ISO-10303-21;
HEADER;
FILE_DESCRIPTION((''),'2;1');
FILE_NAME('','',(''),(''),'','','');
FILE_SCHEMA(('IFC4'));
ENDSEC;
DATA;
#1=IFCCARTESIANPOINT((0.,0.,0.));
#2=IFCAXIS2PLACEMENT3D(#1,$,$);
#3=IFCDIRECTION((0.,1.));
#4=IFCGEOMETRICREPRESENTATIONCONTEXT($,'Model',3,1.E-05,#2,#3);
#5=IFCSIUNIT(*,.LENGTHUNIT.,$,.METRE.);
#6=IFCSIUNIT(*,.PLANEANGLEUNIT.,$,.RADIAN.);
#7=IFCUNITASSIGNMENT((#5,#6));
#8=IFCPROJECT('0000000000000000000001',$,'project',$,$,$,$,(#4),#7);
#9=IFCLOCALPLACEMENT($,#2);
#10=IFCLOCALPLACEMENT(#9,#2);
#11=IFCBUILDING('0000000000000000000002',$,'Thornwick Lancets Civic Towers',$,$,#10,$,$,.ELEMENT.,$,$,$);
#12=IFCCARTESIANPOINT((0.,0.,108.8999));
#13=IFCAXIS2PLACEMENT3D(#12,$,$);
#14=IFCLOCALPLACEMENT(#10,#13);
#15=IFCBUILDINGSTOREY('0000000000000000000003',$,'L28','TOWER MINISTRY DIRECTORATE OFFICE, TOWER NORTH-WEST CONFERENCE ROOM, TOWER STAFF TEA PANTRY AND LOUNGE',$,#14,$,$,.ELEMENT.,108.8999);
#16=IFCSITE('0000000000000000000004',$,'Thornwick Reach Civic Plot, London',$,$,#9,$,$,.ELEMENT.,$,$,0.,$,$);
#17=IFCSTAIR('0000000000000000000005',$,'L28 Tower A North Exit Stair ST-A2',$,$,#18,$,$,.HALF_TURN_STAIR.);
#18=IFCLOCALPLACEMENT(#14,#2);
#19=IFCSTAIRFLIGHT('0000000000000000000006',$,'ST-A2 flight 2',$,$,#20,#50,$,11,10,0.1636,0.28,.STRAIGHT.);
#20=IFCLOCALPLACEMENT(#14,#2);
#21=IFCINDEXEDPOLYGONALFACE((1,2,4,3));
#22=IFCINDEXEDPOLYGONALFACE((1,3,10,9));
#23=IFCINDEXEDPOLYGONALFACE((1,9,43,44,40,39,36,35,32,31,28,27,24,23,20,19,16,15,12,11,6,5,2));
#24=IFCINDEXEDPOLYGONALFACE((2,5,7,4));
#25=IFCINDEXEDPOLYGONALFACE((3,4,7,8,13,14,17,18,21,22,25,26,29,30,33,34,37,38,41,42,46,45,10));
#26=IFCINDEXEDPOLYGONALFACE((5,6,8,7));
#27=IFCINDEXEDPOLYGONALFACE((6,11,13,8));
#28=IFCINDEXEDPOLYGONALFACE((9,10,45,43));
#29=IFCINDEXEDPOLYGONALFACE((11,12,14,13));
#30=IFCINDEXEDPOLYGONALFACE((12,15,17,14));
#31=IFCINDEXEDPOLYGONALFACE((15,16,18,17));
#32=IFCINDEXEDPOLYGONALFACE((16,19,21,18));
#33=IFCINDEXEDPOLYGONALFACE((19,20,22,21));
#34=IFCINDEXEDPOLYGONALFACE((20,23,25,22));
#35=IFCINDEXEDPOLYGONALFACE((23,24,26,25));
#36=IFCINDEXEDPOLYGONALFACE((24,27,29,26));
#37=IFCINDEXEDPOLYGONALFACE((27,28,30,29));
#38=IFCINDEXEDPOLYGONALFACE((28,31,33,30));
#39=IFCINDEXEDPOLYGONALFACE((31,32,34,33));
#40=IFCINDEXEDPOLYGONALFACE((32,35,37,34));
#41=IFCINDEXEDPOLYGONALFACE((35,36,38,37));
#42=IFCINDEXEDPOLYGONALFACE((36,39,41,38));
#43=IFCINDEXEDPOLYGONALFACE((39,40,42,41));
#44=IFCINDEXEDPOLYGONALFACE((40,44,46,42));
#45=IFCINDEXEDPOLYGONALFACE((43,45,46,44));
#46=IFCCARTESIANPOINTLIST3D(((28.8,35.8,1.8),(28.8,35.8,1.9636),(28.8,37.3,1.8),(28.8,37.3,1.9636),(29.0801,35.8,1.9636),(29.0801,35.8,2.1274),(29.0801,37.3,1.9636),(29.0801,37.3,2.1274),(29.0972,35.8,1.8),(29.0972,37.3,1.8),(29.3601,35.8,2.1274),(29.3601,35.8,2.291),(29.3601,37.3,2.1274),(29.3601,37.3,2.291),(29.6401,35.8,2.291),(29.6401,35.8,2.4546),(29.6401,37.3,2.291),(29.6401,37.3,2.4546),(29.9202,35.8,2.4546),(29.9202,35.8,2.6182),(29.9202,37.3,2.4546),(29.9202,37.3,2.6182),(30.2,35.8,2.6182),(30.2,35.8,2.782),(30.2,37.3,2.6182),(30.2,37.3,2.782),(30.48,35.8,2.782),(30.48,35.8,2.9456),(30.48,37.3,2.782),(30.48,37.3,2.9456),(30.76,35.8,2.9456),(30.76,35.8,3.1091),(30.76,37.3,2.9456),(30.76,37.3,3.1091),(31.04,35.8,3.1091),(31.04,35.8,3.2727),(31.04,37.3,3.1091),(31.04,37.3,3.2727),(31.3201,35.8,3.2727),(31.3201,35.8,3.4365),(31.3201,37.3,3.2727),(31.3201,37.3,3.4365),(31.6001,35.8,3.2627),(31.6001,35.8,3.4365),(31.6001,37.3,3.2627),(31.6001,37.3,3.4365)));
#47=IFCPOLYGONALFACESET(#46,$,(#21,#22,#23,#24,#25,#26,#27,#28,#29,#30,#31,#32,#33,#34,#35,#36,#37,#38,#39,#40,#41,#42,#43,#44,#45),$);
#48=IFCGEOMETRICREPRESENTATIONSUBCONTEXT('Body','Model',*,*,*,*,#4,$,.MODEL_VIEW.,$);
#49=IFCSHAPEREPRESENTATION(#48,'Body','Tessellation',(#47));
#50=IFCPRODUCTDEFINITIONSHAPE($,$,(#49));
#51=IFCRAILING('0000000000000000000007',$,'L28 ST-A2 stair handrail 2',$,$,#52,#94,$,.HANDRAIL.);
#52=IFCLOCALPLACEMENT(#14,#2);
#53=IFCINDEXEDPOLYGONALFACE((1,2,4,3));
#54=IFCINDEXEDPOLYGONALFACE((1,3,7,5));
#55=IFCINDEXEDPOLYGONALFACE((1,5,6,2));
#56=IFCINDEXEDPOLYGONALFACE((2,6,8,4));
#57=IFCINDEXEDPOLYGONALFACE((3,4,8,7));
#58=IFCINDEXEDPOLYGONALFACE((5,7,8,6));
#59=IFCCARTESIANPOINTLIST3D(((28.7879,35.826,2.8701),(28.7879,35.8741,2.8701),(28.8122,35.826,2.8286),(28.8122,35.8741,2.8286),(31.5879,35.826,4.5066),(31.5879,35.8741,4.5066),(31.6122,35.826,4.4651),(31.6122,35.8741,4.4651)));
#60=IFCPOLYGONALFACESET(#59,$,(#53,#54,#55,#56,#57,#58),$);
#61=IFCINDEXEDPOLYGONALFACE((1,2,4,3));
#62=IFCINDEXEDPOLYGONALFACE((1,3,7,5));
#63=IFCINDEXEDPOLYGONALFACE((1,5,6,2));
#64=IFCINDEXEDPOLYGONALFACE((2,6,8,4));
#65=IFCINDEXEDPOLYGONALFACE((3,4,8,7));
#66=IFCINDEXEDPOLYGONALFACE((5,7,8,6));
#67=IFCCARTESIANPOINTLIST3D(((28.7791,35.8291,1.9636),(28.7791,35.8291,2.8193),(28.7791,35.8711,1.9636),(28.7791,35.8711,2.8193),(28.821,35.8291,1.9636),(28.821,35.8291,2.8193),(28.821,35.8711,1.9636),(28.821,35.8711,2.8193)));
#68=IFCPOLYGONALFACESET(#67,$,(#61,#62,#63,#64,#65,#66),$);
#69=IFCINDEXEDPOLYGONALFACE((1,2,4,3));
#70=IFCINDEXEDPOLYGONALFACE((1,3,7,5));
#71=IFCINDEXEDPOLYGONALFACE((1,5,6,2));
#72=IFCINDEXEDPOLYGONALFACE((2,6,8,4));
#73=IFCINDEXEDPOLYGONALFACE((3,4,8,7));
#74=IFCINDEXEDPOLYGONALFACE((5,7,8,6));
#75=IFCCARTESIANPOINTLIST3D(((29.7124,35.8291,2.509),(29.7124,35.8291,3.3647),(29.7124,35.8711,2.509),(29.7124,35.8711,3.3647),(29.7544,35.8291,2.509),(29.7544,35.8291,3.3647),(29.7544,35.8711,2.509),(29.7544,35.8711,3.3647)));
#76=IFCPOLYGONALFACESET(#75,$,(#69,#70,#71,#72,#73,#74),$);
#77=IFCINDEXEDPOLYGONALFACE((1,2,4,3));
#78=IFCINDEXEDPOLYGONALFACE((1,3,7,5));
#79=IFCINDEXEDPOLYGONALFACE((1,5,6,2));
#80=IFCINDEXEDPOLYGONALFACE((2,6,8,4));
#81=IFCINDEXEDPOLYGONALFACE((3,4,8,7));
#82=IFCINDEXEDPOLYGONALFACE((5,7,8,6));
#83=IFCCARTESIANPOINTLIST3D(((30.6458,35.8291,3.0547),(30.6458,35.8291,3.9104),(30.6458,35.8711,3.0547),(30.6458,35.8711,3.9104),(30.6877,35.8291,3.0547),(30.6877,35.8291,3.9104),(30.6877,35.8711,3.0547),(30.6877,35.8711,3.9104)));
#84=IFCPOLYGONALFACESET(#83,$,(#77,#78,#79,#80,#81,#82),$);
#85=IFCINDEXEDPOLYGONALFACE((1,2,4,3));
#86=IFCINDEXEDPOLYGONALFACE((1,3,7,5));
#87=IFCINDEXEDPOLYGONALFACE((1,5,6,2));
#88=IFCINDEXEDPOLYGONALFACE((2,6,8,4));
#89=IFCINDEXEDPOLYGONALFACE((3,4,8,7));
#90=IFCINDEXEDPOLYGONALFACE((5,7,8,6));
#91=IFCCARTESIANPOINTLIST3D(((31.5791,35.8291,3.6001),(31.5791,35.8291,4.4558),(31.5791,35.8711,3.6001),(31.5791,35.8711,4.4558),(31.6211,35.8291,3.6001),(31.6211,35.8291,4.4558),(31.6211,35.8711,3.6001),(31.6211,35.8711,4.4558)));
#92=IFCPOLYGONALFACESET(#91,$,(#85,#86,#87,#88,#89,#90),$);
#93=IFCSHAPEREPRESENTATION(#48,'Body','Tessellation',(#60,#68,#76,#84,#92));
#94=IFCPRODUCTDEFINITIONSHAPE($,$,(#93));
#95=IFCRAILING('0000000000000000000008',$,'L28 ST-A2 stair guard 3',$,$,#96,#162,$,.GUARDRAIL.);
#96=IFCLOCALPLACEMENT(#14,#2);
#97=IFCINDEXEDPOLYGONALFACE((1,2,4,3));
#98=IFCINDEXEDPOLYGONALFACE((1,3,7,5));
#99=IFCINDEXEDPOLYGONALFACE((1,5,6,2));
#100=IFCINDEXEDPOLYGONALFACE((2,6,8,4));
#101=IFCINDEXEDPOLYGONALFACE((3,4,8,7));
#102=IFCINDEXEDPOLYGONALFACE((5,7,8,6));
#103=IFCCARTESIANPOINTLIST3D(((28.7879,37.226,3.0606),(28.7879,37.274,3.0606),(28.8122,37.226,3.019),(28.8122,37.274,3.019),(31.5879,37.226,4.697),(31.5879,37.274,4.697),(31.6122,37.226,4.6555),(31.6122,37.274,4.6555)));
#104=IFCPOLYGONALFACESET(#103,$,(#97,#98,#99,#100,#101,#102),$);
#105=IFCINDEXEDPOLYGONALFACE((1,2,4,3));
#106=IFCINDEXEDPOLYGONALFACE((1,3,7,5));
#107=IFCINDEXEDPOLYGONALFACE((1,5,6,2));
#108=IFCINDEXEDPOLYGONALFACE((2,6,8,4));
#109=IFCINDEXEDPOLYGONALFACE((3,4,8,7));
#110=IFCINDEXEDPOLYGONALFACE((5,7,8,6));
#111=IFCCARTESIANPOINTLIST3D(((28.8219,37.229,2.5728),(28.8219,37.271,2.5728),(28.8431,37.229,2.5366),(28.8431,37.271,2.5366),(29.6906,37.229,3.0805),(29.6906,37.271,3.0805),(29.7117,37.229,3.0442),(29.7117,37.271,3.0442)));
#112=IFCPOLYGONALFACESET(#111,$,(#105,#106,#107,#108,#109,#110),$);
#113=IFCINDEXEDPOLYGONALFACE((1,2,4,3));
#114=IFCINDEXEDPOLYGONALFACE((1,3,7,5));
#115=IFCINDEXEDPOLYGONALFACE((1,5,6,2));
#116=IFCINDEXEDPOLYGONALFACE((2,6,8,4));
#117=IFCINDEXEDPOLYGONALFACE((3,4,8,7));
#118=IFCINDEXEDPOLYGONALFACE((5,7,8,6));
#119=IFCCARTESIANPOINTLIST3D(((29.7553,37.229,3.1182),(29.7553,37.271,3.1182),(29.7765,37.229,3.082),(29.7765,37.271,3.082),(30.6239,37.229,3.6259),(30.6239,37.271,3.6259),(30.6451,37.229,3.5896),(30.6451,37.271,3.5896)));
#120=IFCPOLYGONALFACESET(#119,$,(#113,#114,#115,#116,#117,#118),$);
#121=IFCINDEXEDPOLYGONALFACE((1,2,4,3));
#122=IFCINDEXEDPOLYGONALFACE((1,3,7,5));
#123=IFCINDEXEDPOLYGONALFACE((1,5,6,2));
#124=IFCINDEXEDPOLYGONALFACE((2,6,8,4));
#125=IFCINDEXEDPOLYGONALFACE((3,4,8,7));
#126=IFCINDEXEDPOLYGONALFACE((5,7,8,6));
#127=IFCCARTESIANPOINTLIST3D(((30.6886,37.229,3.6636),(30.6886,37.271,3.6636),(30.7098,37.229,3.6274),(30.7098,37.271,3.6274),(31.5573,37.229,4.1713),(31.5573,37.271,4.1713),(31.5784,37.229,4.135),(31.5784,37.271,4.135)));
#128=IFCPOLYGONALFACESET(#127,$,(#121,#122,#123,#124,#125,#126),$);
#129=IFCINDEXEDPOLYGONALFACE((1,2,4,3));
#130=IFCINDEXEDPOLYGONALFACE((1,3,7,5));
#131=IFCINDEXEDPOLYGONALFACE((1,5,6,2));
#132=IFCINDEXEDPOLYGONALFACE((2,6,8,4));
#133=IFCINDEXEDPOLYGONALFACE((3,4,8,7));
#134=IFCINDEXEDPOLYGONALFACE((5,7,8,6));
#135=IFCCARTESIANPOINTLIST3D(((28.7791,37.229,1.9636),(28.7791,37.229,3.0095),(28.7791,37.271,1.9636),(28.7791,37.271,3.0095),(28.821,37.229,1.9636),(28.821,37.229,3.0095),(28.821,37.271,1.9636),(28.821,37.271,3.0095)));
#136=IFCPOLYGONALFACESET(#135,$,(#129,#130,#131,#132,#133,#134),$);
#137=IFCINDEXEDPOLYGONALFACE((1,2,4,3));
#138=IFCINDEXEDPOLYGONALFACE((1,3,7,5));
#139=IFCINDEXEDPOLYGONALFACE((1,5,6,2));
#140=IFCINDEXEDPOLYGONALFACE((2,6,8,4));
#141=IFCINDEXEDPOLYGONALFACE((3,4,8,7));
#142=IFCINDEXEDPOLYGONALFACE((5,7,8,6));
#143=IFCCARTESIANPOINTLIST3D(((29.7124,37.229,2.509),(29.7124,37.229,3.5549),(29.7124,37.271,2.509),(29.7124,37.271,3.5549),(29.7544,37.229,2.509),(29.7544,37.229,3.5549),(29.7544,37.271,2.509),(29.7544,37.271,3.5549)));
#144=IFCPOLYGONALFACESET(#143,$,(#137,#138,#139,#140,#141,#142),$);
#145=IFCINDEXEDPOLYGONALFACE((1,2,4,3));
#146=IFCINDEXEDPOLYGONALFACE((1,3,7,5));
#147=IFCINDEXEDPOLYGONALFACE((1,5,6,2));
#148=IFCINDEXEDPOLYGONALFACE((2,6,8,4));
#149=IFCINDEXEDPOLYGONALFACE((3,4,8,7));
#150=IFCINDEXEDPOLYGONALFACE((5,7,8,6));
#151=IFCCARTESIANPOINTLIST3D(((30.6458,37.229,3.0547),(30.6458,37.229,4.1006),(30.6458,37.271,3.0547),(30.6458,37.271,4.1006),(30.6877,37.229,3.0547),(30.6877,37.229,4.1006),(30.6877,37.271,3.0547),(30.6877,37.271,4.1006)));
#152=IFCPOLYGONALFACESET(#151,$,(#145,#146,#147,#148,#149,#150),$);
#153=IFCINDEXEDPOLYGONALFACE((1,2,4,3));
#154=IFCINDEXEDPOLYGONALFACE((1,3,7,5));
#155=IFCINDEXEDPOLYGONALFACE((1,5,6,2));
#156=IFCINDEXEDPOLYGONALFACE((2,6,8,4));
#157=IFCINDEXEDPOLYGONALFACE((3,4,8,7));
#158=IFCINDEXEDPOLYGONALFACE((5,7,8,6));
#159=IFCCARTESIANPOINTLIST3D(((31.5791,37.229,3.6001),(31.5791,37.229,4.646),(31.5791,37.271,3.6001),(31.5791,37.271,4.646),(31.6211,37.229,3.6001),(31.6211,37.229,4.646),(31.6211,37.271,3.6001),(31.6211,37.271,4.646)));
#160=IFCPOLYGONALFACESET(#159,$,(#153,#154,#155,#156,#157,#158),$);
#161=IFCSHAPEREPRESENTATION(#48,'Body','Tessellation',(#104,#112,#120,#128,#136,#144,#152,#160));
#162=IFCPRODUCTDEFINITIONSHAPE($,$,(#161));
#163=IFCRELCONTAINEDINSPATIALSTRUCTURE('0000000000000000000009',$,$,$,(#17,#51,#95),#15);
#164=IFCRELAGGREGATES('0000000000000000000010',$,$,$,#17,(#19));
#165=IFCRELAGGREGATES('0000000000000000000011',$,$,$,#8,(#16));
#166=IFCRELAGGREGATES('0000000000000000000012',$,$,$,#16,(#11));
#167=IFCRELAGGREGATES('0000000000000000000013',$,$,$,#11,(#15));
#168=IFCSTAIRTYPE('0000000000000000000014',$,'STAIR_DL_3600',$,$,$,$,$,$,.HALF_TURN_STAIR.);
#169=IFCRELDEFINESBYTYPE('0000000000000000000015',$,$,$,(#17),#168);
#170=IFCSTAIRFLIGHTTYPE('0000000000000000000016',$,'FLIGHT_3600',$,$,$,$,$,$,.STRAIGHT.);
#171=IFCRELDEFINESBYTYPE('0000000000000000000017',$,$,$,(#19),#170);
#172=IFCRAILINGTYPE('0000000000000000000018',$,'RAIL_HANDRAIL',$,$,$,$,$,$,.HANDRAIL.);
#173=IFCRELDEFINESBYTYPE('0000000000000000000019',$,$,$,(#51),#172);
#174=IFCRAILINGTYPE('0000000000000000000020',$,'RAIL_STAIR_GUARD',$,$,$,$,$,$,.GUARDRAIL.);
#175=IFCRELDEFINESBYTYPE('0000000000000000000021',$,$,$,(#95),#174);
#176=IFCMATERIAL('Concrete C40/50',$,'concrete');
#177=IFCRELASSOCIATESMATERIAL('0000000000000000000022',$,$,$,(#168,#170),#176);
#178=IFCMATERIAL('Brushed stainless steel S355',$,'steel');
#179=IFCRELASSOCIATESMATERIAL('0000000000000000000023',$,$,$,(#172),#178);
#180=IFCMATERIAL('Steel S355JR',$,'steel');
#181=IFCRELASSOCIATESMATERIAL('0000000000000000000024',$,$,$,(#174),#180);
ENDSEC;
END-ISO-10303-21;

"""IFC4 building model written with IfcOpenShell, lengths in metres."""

from ifc_helpers import new_model, si_unit, direction, frame, origin, origin_2d, place, context, subcontext, project, spatial, polyline, rectangle, outline, extrude, material, type_object, element, aggregate, save


model = new_model("IFC4")

# Units and contexts
model_context = context("Model", 3, precision=1e-05, world=origin(), true_north=direction((0.0, 1.0)))
body_context = subcontext(model_context, "Body", "Model", "MODEL_VIEW")
ifc_project = project(units=[si_unit("LENGTHUNIT", "METRE"), si_unit("PLANEANGLEUNIT", "RADIAN")], contexts=[model_context])

# Site, building, storey
site_placement = place(None, origin())
site = spatial("IfcSite", under=ifc_project, at=site_placement, Name="Thornwick Reach Civic Plot, London", CompositionType="ELEMENT", RefElevation=0.0)
building_placement = place(site_placement, origin())
building = spatial("IfcBuilding", under=site, at=building_placement, Name="Thornwick Lancets Civic Towers", CompositionType="ELEMENT")
storey_placement = place(building_placement, frame((0.0, 0.0, 108.8999)))
storey = spatial("IfcBuildingStorey", under=building, at=storey_placement, Name="L28", Description="TOWER MINISTRY DIRECTORATE OFFICE, TOWER NORTH-WEST CONFERENCE ROOM, TOWER STAFF TEA PANTRY AND LOUNGE", CompositionType="ELEMENT", Elevation=108.8999)

# Shared definitions
ifc_material_1 = material(Name="Concrete C40/50", Category="concrete")

# Stair, stair flight
stair_type = type_object("IfcStairType", Name="STAIR_DL_3600", PredefinedType="HALF_TURN_STAIR", material=ifc_material_1)
stair_placement = place(storey_placement, origin())
stair = element("IfcStair", 1, at=stair_placement, inside=storey, type_object=stair_type, Name="L28 Tower A North Exit Stair ST-A2", PredefinedType="HALF_TURN_STAIR")
stair_flight_type = type_object("IfcStairFlightType", Name="FLIGHT_3600", PredefinedType="STRAIGHT", material=ifc_material_1)
stair_flight_placement = place(storey_placement, frame((28.8, 36.55, 1.8), z_axis=(0.0, 0.0, 1.0), x_axis=(1.0, 0.0, 0.0)))
stair_flight = element("IfcStairFlight", 2, at=stair_flight_placement, type_object=stair_flight_type, Name="ST-A2 flight 2", NumberOfRisers=11, NumberOfTreads=10, PredefinedType="STRAIGHT", RiserHeight=0.1636, TreadLength=0.28, context=body_context, shape_type="SweptSolid", body=[
    extrude(outline(polyline([(0.0, 0.0), (0.0, 0.1636), (0.28, 0.1636), (0.28, 0.3274), (0.5601, 0.3274), (0.5601, 0.491), (0.8401, 0.491), (0.8401, 0.6545), (1.1201, 0.6545), (1.1201, 0.8181), (1.3999, 0.8181), (1.3999, 0.9819), (1.6799, 0.9819), (1.6799, 1.1455), (1.96, 1.1455), (1.96, 1.3091), (2.24, 1.3091), (2.24, 1.4727), (2.52, 1.4727), (2.52, 1.6365), (2.8, 1.6365), (2.8, 1.8), (2.8, 1.4626), (0.2971, 0.0), (0.0, 0.0)])), frame((0.0, 0.75, 0.0), z_axis=(0.0, -1.0, 0.0), x_axis=(1.0, 0.0, 0.0)), (0.0, 0.0, 1.0), 1.5),
])
aggregate(stair, [stair_flight])

# Railings
ifc_material_2 = material(Name="Brushed stainless steel S355", Category="steel")
railing_type_1 = type_object("IfcRailingType", Name="RAIL_HANDRAIL", PredefinedType="HANDRAIL", material=ifc_material_2)
railing_1_placement = place(storey_placement, frame((28.8, 35.8501, 1.9636)))
element("IfcRailing", 3, at=railing_1_placement, inside=storey, type_object=railing_type_1, Name="L28 ST-A2 stair handrail 2", PredefinedType="HANDRAIL", context=body_context, shape_type="SweptSolid", body=[
    extrude(rectangle(XDim=0.0481, YDim=0.0481, at=origin_2d()), frame((0.0, 0.0, 0.8857), z_axis=(0.863361, 0.0, 0.504587), x_axis=(0.0, 1.0, 0.0)), (0.0, 0.0, 1.0), 3.2432),
    extrude(rectangle(XDim=0.042, YDim=0.042, at=origin_2d()), origin(), (0.0, 0.0, 1.0), 0.8557),
    extrude(rectangle(XDim=0.042, YDim=0.042, at=origin_2d()), frame((0.9333, 0.0, 0.5454)), (0.0, 0.0, 1.0), 0.8557),
    extrude(rectangle(XDim=0.042, YDim=0.042, at=origin_2d()), frame((1.8667, 0.0, 1.0911)), (0.0, 0.0, 1.0), 0.8557),
    extrude(rectangle(XDim=0.042, YDim=0.042, at=origin_2d()), frame((2.8, 0.0, 1.6365)), (0.0, 0.0, 1.0), 0.8557),
])
ifc_material_3 = material(Name="Steel S355JR", Category="steel")
railing_type_2 = type_object("IfcRailingType", Name="RAIL_STAIR_GUARD", PredefinedType="GUARDRAIL", material=ifc_material_3)
railing_2_placement = place(storey_placement, frame((28.8, 37.25, 1.9636)))
element("IfcRailing", 4, at=railing_2_placement, inside=storey, type_object=railing_type_2, Name="L28 ST-A2 stair guard 3", PredefinedType="GUARDRAIL", context=body_context, shape_type="SweptSolid", body=[
    extrude(rectangle(XDim=0.0481, YDim=0.0481, at=origin_2d()), frame((0.0, 0.0, 1.0762), z_axis=(0.863361, 0.0, 0.504587), x_axis=(0.0, 1.0, 0.0)), (0.0, 0.0, 1.0), 3.2432),
    extrude(rectangle(XDim=0.042, YDim=0.042, at=origin_2d()), frame((0.0325, 0.0, 0.5911), z_axis=(0.863361, 0.0, 0.504587), x_axis=(0.0, 1.0, 0.0)), (0.0, 0.0, 1.0), 1.0061),
    extrude(rectangle(XDim=0.042, YDim=0.042, at=origin_2d()), frame((0.9658, 0.0, 1.1365), z_axis=(0.863361, 0.0, 0.504587), x_axis=(0.0, 1.0, 0.0)), (0.0, 0.0, 1.0), 1.0061),
    extrude(rectangle(XDim=0.042, YDim=0.042, at=origin_2d()), frame((1.8992, 0.0, 1.6819), z_axis=(0.863361, 0.0, 0.504587), x_axis=(0.0, 1.0, 0.0)), (0.0, 0.0, 1.0), 1.0061),
    extrude(rectangle(XDim=0.042, YDim=0.042, at=origin_2d()), origin(), (0.0, 0.0, 1.0), 1.0459),
    extrude(rectangle(XDim=0.042, YDim=0.042, at=origin_2d()), frame((0.9333, 0.0, 0.5454)), (0.0, 0.0, 1.0), 1.0459),
    extrude(rectangle(XDim=0.042, YDim=0.042, at=origin_2d()), frame((1.8667, 0.0, 1.0911)), (0.0, 0.0, 1.0), 1.0459),
    extrude(rectangle(XDim=0.042, YDim=0.042, at=origin_2d()), frame((2.8, 0.0, 1.6365)), (0.0, 0.0, 1.0), 1.0459),
])

save(model, "model.ifc")
